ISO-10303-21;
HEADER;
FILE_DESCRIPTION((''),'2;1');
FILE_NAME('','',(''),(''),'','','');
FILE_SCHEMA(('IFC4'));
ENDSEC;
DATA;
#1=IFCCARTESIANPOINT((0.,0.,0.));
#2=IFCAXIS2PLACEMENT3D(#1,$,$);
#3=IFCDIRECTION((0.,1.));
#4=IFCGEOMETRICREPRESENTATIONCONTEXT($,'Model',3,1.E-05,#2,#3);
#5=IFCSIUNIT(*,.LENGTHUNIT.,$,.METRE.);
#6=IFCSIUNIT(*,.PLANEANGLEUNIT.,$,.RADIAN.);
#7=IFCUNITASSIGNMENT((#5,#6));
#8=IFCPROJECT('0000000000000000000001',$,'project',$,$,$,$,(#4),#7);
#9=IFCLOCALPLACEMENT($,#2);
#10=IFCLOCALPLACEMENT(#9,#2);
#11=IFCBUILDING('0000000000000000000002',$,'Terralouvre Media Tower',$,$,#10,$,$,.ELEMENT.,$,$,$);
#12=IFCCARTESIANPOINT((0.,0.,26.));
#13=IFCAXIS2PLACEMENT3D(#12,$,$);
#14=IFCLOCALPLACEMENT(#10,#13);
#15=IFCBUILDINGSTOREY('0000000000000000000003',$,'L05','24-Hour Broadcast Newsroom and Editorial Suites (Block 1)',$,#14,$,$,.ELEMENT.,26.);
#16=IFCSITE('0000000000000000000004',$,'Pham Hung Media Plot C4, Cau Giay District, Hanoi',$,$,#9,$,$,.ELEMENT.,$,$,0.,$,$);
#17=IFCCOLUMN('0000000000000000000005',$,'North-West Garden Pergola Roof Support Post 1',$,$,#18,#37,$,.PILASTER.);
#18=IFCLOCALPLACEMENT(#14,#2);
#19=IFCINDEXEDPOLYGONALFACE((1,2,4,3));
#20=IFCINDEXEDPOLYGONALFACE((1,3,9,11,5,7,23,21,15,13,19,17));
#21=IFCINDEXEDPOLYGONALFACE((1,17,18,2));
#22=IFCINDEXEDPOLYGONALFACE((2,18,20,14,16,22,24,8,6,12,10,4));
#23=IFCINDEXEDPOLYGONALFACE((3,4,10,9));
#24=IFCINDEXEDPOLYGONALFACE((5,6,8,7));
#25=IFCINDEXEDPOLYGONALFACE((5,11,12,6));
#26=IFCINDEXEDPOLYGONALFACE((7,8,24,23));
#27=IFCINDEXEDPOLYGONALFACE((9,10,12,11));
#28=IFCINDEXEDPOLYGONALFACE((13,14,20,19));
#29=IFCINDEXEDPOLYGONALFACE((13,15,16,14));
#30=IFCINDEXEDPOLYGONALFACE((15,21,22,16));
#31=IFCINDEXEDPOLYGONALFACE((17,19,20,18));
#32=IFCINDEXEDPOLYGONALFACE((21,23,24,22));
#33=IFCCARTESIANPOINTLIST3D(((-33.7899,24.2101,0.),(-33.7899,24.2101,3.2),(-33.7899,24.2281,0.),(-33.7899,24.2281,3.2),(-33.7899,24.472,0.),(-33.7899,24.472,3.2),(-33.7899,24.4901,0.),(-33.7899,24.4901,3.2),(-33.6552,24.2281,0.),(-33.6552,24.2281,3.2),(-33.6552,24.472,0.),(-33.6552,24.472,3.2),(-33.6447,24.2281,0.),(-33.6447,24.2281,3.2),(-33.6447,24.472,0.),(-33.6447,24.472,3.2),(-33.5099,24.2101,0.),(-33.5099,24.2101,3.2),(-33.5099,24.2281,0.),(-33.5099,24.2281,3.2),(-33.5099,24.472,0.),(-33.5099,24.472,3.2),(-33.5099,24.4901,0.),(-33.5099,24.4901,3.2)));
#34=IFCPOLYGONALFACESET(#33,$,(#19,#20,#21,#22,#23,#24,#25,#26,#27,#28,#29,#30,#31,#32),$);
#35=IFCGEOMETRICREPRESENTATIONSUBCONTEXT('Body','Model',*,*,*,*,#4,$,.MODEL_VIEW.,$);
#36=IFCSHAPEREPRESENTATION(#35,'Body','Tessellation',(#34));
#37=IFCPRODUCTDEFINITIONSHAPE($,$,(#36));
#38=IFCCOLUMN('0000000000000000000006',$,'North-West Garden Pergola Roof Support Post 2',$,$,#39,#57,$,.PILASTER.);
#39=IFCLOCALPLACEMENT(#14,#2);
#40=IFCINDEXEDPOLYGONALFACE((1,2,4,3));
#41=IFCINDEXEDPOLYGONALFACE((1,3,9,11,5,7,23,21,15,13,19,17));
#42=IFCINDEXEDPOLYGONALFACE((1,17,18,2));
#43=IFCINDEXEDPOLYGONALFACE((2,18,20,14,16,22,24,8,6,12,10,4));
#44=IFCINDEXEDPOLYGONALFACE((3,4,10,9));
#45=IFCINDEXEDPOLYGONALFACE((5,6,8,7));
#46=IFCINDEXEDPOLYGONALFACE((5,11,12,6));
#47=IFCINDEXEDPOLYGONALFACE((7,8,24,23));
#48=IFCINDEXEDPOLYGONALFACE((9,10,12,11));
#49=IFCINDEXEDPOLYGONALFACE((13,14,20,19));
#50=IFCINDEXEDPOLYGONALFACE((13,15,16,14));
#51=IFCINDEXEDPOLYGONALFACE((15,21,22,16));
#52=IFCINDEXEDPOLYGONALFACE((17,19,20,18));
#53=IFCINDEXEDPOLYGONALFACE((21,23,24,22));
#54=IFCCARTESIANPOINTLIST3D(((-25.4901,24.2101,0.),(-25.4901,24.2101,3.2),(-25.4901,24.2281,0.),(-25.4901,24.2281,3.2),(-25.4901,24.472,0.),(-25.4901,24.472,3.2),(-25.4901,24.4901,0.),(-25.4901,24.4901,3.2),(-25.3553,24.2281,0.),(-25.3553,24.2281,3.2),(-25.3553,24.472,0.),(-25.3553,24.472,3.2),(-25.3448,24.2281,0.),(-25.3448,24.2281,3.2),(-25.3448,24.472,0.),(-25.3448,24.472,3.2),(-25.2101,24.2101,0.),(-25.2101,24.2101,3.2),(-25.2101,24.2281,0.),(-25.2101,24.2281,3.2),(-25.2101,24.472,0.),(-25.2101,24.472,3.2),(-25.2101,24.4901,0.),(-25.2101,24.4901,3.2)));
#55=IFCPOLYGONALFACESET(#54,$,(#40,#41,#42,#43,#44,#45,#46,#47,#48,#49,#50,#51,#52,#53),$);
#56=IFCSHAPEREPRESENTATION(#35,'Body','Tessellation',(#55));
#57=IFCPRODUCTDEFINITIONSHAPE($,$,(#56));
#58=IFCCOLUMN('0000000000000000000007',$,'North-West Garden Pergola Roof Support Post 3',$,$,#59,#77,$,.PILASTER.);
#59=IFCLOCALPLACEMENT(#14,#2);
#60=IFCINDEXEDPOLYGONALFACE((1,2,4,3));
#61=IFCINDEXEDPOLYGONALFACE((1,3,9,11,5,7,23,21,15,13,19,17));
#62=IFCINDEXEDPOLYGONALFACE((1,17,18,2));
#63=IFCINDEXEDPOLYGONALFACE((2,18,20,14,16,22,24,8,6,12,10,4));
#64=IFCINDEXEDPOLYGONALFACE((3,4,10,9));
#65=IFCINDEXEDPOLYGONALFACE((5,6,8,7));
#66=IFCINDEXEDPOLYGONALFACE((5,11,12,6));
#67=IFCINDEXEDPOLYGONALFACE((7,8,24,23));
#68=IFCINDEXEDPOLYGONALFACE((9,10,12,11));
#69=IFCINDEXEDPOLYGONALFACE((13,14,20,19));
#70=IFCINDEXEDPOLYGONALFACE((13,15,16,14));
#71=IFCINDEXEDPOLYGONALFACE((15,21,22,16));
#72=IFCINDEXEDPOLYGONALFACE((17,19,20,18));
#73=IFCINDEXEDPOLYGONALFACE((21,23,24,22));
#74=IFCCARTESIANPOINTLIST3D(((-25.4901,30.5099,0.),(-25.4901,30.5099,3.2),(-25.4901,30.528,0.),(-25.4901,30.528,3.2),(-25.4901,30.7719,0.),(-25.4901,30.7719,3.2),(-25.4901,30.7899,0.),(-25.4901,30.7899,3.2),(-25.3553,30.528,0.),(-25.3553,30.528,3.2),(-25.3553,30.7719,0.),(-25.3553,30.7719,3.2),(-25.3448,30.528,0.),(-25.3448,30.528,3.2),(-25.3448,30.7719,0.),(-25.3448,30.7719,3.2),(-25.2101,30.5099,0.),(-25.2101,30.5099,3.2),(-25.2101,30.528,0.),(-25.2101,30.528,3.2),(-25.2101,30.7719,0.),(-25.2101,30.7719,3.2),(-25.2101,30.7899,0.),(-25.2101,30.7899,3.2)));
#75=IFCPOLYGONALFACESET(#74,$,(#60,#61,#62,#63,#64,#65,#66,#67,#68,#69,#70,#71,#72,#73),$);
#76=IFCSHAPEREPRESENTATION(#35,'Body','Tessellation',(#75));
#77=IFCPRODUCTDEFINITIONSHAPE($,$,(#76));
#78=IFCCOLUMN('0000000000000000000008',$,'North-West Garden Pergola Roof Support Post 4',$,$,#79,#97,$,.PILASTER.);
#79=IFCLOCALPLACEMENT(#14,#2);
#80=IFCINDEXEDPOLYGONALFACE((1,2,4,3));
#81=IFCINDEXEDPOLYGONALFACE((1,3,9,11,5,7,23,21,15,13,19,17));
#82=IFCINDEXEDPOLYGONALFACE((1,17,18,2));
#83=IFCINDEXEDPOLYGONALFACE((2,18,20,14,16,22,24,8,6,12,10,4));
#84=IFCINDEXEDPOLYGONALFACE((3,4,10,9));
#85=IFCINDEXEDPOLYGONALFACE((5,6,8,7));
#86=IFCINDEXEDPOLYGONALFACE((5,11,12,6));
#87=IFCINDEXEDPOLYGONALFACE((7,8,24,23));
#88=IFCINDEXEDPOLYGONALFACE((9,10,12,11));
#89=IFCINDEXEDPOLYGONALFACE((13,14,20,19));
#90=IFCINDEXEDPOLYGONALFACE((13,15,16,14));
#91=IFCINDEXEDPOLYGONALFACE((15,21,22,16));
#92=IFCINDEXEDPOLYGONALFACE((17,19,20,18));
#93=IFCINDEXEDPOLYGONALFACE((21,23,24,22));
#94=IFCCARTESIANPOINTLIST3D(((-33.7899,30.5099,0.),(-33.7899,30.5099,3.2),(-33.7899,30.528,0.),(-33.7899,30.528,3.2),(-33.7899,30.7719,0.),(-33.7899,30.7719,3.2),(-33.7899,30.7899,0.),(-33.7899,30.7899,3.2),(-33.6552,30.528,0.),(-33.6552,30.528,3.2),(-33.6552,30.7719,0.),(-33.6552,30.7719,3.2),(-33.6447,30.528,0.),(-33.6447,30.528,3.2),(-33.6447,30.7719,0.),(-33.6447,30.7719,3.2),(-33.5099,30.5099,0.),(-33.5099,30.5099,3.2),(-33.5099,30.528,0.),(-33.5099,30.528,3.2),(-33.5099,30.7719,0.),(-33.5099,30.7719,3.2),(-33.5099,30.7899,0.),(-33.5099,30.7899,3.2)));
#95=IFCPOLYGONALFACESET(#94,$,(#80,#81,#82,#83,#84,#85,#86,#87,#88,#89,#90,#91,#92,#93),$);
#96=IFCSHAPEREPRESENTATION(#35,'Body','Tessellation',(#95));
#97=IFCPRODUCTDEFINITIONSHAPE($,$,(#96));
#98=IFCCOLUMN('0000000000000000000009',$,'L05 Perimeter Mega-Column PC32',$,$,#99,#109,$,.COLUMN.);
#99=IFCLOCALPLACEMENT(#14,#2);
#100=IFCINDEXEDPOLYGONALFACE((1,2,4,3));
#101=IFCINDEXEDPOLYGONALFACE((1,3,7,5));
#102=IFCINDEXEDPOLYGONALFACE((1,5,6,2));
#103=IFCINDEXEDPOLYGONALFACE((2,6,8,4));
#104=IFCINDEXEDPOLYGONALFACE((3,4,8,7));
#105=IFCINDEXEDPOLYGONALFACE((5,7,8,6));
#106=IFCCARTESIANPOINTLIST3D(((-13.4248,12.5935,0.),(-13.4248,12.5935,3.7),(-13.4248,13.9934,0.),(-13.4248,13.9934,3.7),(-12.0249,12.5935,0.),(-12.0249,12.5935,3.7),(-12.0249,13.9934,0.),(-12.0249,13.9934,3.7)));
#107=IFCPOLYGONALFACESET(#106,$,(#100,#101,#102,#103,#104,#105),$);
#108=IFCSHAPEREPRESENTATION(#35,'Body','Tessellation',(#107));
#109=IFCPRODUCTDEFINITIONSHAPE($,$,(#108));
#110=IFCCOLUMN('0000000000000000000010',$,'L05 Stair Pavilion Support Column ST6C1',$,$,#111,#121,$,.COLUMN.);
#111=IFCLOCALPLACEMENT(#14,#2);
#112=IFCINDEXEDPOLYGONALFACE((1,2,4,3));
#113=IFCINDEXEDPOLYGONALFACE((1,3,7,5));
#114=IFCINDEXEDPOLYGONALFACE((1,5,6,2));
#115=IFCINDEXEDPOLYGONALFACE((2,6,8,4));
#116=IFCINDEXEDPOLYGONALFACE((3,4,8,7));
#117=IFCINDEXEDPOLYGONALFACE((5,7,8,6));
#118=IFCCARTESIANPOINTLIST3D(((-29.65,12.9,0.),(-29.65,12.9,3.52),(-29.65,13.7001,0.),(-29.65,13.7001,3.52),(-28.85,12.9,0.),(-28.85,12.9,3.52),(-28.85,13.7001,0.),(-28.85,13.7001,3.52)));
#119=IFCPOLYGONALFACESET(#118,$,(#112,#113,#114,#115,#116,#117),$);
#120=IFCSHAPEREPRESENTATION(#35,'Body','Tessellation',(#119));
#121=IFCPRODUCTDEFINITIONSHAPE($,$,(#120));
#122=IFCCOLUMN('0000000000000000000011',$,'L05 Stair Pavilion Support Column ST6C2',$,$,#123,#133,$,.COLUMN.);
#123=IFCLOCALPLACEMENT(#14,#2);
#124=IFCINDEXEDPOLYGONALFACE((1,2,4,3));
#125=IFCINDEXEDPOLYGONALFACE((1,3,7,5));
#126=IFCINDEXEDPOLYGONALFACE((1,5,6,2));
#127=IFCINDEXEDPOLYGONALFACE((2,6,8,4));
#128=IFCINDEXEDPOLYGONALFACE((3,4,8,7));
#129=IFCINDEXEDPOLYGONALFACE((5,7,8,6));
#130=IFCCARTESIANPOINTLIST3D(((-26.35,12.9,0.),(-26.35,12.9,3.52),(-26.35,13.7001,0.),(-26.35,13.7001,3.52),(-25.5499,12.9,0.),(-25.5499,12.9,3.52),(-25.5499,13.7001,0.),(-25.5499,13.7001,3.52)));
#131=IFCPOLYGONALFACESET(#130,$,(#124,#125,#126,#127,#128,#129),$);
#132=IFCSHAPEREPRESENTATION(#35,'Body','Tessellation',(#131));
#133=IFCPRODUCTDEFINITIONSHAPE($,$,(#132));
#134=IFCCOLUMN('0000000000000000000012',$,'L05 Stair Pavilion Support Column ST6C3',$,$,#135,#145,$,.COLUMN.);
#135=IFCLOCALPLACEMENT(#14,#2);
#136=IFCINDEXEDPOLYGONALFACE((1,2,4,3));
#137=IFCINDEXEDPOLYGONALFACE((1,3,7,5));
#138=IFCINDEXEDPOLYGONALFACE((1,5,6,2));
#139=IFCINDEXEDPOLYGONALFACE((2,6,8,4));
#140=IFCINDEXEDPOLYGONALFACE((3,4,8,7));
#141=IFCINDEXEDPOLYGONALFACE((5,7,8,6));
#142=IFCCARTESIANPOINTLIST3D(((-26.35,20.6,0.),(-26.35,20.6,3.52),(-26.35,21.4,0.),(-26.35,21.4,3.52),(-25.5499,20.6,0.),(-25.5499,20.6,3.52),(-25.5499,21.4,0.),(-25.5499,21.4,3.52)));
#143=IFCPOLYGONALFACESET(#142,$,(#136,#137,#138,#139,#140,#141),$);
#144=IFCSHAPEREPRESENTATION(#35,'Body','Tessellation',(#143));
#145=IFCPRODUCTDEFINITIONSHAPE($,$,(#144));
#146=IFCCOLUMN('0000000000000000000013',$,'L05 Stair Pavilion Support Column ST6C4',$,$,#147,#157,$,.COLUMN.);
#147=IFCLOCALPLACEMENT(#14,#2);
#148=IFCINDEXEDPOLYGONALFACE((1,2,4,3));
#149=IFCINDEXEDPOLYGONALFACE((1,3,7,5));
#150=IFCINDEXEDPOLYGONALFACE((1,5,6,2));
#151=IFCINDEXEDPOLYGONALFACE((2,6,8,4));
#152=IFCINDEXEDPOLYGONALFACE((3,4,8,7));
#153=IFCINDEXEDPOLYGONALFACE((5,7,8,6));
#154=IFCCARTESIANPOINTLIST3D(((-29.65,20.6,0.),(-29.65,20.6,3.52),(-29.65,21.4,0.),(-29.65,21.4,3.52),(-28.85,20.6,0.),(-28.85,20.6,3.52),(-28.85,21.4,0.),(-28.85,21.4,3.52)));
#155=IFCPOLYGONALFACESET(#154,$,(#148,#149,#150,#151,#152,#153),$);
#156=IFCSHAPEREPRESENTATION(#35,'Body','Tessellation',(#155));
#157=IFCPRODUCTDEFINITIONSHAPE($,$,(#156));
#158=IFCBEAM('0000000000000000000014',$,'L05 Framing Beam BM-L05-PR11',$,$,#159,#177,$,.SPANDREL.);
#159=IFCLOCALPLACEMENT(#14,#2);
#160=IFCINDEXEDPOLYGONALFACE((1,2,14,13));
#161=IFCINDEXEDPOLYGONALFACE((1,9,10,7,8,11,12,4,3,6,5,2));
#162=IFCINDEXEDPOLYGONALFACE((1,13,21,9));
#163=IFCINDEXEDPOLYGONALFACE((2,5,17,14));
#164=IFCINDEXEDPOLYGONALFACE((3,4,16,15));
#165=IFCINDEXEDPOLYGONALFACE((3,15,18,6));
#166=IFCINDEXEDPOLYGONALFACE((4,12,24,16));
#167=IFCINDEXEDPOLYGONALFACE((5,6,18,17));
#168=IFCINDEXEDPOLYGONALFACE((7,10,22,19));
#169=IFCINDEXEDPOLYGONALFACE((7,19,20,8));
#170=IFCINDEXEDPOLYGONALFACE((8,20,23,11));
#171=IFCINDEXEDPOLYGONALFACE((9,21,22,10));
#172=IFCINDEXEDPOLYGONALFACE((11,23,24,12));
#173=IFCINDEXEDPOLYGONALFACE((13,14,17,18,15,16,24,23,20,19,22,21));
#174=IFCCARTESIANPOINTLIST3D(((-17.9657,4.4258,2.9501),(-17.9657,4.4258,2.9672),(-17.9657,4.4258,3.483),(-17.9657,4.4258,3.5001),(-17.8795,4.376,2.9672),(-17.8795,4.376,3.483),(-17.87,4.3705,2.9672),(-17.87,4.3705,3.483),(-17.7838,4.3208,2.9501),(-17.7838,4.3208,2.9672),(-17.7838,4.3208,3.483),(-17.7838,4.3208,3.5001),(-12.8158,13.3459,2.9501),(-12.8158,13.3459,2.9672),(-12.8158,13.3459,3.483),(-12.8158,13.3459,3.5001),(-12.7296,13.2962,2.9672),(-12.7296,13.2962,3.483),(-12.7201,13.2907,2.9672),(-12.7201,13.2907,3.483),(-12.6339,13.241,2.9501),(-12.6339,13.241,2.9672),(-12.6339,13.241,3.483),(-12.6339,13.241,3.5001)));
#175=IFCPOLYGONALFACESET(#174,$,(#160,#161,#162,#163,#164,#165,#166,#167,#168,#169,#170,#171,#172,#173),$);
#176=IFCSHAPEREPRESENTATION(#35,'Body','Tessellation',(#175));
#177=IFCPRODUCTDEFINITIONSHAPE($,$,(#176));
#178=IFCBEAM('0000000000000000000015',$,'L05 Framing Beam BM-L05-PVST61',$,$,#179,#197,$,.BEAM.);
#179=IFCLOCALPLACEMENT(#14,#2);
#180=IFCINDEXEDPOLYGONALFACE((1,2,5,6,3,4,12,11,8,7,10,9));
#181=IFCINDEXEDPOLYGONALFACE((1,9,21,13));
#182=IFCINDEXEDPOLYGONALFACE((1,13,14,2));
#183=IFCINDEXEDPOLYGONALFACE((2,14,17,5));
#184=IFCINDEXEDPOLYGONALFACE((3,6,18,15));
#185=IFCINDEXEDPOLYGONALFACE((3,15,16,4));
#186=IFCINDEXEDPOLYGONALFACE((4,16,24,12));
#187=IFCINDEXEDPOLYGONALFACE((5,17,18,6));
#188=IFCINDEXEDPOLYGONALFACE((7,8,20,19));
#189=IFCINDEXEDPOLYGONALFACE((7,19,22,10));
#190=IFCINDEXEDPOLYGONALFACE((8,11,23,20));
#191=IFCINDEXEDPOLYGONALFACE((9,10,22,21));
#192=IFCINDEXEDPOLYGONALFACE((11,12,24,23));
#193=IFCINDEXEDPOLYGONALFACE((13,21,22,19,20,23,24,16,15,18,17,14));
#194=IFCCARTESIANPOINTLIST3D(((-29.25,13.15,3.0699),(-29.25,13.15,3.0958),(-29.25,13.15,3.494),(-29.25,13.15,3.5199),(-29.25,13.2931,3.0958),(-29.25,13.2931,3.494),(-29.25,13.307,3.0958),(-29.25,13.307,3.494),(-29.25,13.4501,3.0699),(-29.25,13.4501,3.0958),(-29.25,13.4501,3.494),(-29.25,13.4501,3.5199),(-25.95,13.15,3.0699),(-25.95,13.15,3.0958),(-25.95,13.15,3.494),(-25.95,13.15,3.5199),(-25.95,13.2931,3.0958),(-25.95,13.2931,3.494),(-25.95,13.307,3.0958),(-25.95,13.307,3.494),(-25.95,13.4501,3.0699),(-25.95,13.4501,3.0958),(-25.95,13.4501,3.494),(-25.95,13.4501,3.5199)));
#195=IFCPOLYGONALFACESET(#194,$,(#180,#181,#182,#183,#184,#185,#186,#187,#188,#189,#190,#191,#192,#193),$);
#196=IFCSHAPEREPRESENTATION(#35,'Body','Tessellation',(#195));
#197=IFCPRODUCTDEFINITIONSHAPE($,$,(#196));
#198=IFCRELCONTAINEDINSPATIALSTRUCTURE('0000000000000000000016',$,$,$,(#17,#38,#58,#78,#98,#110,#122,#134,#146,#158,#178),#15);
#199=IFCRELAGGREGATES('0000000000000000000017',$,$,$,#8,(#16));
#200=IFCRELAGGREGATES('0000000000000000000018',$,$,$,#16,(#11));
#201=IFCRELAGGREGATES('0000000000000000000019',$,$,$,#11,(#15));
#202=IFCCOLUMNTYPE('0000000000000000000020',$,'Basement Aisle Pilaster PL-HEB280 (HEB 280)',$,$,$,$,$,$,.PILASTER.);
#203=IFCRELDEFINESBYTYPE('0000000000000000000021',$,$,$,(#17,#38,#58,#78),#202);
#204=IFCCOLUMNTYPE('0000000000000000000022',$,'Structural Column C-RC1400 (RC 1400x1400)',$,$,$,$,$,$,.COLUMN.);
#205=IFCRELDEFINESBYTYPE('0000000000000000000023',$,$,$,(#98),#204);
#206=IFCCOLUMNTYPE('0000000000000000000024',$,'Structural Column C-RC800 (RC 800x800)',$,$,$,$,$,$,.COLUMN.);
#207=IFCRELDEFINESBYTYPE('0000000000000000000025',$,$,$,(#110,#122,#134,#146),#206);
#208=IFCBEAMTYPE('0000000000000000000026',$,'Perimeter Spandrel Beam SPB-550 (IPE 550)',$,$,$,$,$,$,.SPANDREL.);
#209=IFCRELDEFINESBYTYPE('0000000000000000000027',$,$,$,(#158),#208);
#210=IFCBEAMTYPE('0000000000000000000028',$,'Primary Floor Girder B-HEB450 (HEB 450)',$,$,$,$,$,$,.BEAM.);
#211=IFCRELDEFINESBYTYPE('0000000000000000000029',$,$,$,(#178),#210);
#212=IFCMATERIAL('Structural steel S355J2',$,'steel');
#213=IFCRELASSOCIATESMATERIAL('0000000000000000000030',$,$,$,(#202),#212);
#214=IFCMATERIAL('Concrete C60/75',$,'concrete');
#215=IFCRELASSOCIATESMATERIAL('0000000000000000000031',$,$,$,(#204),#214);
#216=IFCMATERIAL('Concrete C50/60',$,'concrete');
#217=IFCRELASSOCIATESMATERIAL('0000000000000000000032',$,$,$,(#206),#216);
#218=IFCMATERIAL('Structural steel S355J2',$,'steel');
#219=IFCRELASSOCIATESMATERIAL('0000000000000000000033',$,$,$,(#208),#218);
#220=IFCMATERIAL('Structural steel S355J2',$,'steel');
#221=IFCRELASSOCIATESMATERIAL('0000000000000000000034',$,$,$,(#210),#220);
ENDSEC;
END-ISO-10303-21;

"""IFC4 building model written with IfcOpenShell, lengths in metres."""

from ifc_helpers import new_model, si_unit, direction, frame, origin, origin_2d, place, context, subcontext, project, spatial, rectangle, i_section, extrude, material, material_profile, profile_set, type_object, element, save


model = new_model("IFC4")

# Units and contexts
model_context = context("Model", 3, precision=1e-05, world=origin(), true_north=direction((0.0, 1.0)))
body_context = subcontext(model_context, "Body", "Model", "MODEL_VIEW")
ifc_project = project(units=[si_unit("LENGTHUNIT", "METRE"), si_unit("PLANEANGLEUNIT", "RADIAN")], contexts=[model_context])

# Site, building, storey
site_placement = place(None, origin())
site = spatial("IfcSite", under=ifc_project, at=site_placement, Name="Pham Hung Media Plot C4, Cau Giay District, Hanoi", CompositionType="ELEMENT", RefElevation=0.0)
building_placement = place(site_placement, origin())
building = spatial("IfcBuilding", under=site, at=building_placement, Name="Terralouvre Media Tower", CompositionType="ELEMENT")
storey_placement = place(building_placement, frame((0.0, 0.0, 26.0)))
storey = spatial("IfcBuildingStorey", under=building, at=storey_placement, Name="L05", Description="24-Hour Broadcast Newsroom and Editorial Suites (Block 1)", CompositionType="ELEMENT", Elevation=26.0)

# Columns
ifc_material_1 = material(Name="Structural steel S355J2", Category="steel")
ifc_material_profile_1 = material_profile(ifc_material_1, i_section(OverallWidth=0.28, OverallDepth=0.28, WebThickness=0.0105, FlangeThickness=0.0181, at=origin_2d()), Name="HEB 280")
ifc_profile_set_1 = profile_set([ifc_material_profile_1], Name="Structural steel S355J2")
column_type_1 = type_object("IfcColumnType", Name="Basement Aisle Pilaster PL-HEB280 (HEB 280)", PredefinedType="PILASTER", material=ifc_profile_set_1)
for number, where, z_axis, x_axis, name in (
    (1, (-33.6499, 24.3501, 0.0), (0.0, 0.0, 1.0), (1.0, 0.0, 0.0), "North-West Garden Pergola Roof Support Post 1"),
    (2, (-25.3501, 24.3501, 0.0), (0.0, 0.0, 1.0), (1.0, 0.0, 0.0), "North-West Garden Pergola Roof Support Post 2"),
    (3, (-25.3501, 30.6499, 0.0), (0.0, 0.0, 1.0), (1.0, 0.0, 0.0), "North-West Garden Pergola Roof Support Post 3"),
    (4, (-33.6499, 30.6499, 0.0), (0.0, 0.0, 1.0), (1.0, 0.0, 0.0), "North-West Garden Pergola Roof Support Post 4"),
):
    element("IfcColumn", number, at=place(storey_placement, frame(where, z_axis=z_axis, x_axis=x_axis)), inside=storey, type_object=column_type_1, Name=name, PredefinedType="PILASTER", context=body_context, shape_type="SweptSolid", body=[
        extrude(i_section(OverallWidth=0.28, OverallDepth=0.28, WebThickness=0.0105, FlangeThickness=0.0181, at=origin_2d()), origin(), (0.0, 0.0, 1.0), 3.2),
    ])
ifc_material_2 = material(Name="Concrete C60/75", Category="concrete")
ifc_material_profile_2 = material_profile(ifc_material_2, rectangle(XDim=1.3999, YDim=1.3999, at=origin_2d()), Name="RC 1400x1400")
ifc_profile_set_2 = profile_set([ifc_material_profile_2], Name="Concrete C60/75")
column_type_2 = type_object("IfcColumnType", Name="Structural Column C-RC1400 (RC 1400x1400)", PredefinedType="COLUMN", material=ifc_profile_set_2)
column_placement = place(storey_placement, frame((-12.7249, 13.2935, 0.0), z_axis=(0.0, 0.0, 1.0), x_axis=(1.0, 0.0, 0.0)))
element("IfcColumn", 5, at=column_placement, inside=storey, type_object=column_type_2, Name="L05 Perimeter Mega-Column PC32", PredefinedType="COLUMN", context=body_context, shape_type="SweptSolid", body=[
    extrude(rectangle(XDim=1.3999, YDim=1.3999, at=origin_2d()), origin(), (0.0, 0.0, 1.0), 3.7),
])
ifc_material_3 = material(Name="Concrete C50/60", Category="concrete")
ifc_material_profile_3 = material_profile(ifc_material_3, rectangle(XDim=0.8, YDim=0.8, at=origin_2d()), Name="RC 800x800")
ifc_profile_set_3 = profile_set([ifc_material_profile_3], Name="Concrete C50/60")
column_type_3 = type_object("IfcColumnType", Name="Structural Column C-RC800 (RC 800x800)", PredefinedType="COLUMN", material=ifc_profile_set_3)
for number, where, z_axis, x_axis, name in (
    (6, (-29.25, 13.3, 0.0), (0.0, 0.0, 1.0), (1.0, 0.0, 0.0), "L05 Stair Pavilion Support Column ST6C1"),
    (7, (-25.95, 13.3, 0.0), (0.0, 0.0, 1.0), (1.0, 0.0, 0.0), "L05 Stair Pavilion Support Column ST6C2"),
    (8, (-25.95, 21.0, 0.0), (0.0, 0.0, 1.0), (1.0, 0.0, 0.0), "L05 Stair Pavilion Support Column ST6C3"),
    (9, (-29.25, 21.0, 0.0), (0.0, 0.0, 1.0), (1.0, 0.0, 0.0), "L05 Stair Pavilion Support Column ST6C4"),
):
    element("IfcColumn", number, at=place(storey_placement, frame(where, z_axis=z_axis, x_axis=x_axis)), inside=storey, type_object=column_type_3, Name=name, PredefinedType="COLUMN", context=body_context, shape_type="SweptSolid", body=[
        extrude(rectangle(XDim=0.8, YDim=0.8, at=origin_2d()), origin(), (0.0, 0.0, 1.0), 3.52),
    ])

# Beams
ifc_material_4 = material(Name="Structural steel S355J2", Category="steel")
ifc_material_profile_4 = material_profile(ifc_material_4, i_section(OverallWidth=0.21, OverallDepth=0.55, WebThickness=0.011, FlangeThickness=0.0171, at=origin_2d()), Name="IPE 550")
ifc_profile_set_4 = profile_set([ifc_material_profile_4], Name="Structural steel S355J2")
beam_type_1 = type_object("IfcBeamType", Name="Perimeter Spandrel Beam SPB-550 (IPE 550)", PredefinedType="SPANDREL", material=ifc_profile_set_4)
beam_1_placement = place(storey_placement, frame((-12.7249, 13.2935, 3.2251), z_axis=(-0.499989, -0.866032, 0.0), x_axis=(0.866032, -0.499989, 0.0)))
element("IfcBeam", 10, at=beam_1_placement, inside=storey, type_object=beam_type_1, Name="L05 Framing Beam BM-L05-PR11", PredefinedType="SPANDREL", context=body_context, shape_type="SweptSolid", body=[
    extrude(i_section(OverallWidth=0.21, OverallDepth=0.55, WebThickness=0.011, FlangeThickness=0.0171, at=origin_2d()), origin(), (0.0, 0.0, 1.0), 10.3),
])
ifc_material_5 = material(Name="Structural steel S355J2", Category="steel")
ifc_material_profile_5 = material_profile(ifc_material_5, i_section(OverallWidth=0.3, OverallDepth=0.45, WebThickness=0.0139, FlangeThickness=0.0259, at=origin_2d()), Name="HEB 450")
ifc_profile_set_5 = profile_set([ifc_material_profile_5], Name="Structural steel S355J2")
beam_type_2 = type_object("IfcBeamType", Name="Primary Floor Girder B-HEB450 (HEB 450)", PredefinedType="BEAM", material=ifc_profile_set_5)
beam_2_placement = place(storey_placement, frame((-29.25, 13.3, 3.2949), z_axis=(1.0, 0.0, 0.0), x_axis=(0.0, 1.0, 0.0)))
element("IfcBeam", 11, at=beam_2_placement, inside=storey, type_object=beam_type_2, Name="L05 Framing Beam BM-L05-PVST61", PredefinedType="BEAM", context=body_context, shape_type="SweptSolid", body=[
    extrude(i_section(OverallWidth=0.3, OverallDepth=0.45, WebThickness=0.0139, FlangeThickness=0.0259, at=origin_2d()), origin(), (0.0, 0.0, 1.0), 3.3),
])

save(model, "model.ifc")
